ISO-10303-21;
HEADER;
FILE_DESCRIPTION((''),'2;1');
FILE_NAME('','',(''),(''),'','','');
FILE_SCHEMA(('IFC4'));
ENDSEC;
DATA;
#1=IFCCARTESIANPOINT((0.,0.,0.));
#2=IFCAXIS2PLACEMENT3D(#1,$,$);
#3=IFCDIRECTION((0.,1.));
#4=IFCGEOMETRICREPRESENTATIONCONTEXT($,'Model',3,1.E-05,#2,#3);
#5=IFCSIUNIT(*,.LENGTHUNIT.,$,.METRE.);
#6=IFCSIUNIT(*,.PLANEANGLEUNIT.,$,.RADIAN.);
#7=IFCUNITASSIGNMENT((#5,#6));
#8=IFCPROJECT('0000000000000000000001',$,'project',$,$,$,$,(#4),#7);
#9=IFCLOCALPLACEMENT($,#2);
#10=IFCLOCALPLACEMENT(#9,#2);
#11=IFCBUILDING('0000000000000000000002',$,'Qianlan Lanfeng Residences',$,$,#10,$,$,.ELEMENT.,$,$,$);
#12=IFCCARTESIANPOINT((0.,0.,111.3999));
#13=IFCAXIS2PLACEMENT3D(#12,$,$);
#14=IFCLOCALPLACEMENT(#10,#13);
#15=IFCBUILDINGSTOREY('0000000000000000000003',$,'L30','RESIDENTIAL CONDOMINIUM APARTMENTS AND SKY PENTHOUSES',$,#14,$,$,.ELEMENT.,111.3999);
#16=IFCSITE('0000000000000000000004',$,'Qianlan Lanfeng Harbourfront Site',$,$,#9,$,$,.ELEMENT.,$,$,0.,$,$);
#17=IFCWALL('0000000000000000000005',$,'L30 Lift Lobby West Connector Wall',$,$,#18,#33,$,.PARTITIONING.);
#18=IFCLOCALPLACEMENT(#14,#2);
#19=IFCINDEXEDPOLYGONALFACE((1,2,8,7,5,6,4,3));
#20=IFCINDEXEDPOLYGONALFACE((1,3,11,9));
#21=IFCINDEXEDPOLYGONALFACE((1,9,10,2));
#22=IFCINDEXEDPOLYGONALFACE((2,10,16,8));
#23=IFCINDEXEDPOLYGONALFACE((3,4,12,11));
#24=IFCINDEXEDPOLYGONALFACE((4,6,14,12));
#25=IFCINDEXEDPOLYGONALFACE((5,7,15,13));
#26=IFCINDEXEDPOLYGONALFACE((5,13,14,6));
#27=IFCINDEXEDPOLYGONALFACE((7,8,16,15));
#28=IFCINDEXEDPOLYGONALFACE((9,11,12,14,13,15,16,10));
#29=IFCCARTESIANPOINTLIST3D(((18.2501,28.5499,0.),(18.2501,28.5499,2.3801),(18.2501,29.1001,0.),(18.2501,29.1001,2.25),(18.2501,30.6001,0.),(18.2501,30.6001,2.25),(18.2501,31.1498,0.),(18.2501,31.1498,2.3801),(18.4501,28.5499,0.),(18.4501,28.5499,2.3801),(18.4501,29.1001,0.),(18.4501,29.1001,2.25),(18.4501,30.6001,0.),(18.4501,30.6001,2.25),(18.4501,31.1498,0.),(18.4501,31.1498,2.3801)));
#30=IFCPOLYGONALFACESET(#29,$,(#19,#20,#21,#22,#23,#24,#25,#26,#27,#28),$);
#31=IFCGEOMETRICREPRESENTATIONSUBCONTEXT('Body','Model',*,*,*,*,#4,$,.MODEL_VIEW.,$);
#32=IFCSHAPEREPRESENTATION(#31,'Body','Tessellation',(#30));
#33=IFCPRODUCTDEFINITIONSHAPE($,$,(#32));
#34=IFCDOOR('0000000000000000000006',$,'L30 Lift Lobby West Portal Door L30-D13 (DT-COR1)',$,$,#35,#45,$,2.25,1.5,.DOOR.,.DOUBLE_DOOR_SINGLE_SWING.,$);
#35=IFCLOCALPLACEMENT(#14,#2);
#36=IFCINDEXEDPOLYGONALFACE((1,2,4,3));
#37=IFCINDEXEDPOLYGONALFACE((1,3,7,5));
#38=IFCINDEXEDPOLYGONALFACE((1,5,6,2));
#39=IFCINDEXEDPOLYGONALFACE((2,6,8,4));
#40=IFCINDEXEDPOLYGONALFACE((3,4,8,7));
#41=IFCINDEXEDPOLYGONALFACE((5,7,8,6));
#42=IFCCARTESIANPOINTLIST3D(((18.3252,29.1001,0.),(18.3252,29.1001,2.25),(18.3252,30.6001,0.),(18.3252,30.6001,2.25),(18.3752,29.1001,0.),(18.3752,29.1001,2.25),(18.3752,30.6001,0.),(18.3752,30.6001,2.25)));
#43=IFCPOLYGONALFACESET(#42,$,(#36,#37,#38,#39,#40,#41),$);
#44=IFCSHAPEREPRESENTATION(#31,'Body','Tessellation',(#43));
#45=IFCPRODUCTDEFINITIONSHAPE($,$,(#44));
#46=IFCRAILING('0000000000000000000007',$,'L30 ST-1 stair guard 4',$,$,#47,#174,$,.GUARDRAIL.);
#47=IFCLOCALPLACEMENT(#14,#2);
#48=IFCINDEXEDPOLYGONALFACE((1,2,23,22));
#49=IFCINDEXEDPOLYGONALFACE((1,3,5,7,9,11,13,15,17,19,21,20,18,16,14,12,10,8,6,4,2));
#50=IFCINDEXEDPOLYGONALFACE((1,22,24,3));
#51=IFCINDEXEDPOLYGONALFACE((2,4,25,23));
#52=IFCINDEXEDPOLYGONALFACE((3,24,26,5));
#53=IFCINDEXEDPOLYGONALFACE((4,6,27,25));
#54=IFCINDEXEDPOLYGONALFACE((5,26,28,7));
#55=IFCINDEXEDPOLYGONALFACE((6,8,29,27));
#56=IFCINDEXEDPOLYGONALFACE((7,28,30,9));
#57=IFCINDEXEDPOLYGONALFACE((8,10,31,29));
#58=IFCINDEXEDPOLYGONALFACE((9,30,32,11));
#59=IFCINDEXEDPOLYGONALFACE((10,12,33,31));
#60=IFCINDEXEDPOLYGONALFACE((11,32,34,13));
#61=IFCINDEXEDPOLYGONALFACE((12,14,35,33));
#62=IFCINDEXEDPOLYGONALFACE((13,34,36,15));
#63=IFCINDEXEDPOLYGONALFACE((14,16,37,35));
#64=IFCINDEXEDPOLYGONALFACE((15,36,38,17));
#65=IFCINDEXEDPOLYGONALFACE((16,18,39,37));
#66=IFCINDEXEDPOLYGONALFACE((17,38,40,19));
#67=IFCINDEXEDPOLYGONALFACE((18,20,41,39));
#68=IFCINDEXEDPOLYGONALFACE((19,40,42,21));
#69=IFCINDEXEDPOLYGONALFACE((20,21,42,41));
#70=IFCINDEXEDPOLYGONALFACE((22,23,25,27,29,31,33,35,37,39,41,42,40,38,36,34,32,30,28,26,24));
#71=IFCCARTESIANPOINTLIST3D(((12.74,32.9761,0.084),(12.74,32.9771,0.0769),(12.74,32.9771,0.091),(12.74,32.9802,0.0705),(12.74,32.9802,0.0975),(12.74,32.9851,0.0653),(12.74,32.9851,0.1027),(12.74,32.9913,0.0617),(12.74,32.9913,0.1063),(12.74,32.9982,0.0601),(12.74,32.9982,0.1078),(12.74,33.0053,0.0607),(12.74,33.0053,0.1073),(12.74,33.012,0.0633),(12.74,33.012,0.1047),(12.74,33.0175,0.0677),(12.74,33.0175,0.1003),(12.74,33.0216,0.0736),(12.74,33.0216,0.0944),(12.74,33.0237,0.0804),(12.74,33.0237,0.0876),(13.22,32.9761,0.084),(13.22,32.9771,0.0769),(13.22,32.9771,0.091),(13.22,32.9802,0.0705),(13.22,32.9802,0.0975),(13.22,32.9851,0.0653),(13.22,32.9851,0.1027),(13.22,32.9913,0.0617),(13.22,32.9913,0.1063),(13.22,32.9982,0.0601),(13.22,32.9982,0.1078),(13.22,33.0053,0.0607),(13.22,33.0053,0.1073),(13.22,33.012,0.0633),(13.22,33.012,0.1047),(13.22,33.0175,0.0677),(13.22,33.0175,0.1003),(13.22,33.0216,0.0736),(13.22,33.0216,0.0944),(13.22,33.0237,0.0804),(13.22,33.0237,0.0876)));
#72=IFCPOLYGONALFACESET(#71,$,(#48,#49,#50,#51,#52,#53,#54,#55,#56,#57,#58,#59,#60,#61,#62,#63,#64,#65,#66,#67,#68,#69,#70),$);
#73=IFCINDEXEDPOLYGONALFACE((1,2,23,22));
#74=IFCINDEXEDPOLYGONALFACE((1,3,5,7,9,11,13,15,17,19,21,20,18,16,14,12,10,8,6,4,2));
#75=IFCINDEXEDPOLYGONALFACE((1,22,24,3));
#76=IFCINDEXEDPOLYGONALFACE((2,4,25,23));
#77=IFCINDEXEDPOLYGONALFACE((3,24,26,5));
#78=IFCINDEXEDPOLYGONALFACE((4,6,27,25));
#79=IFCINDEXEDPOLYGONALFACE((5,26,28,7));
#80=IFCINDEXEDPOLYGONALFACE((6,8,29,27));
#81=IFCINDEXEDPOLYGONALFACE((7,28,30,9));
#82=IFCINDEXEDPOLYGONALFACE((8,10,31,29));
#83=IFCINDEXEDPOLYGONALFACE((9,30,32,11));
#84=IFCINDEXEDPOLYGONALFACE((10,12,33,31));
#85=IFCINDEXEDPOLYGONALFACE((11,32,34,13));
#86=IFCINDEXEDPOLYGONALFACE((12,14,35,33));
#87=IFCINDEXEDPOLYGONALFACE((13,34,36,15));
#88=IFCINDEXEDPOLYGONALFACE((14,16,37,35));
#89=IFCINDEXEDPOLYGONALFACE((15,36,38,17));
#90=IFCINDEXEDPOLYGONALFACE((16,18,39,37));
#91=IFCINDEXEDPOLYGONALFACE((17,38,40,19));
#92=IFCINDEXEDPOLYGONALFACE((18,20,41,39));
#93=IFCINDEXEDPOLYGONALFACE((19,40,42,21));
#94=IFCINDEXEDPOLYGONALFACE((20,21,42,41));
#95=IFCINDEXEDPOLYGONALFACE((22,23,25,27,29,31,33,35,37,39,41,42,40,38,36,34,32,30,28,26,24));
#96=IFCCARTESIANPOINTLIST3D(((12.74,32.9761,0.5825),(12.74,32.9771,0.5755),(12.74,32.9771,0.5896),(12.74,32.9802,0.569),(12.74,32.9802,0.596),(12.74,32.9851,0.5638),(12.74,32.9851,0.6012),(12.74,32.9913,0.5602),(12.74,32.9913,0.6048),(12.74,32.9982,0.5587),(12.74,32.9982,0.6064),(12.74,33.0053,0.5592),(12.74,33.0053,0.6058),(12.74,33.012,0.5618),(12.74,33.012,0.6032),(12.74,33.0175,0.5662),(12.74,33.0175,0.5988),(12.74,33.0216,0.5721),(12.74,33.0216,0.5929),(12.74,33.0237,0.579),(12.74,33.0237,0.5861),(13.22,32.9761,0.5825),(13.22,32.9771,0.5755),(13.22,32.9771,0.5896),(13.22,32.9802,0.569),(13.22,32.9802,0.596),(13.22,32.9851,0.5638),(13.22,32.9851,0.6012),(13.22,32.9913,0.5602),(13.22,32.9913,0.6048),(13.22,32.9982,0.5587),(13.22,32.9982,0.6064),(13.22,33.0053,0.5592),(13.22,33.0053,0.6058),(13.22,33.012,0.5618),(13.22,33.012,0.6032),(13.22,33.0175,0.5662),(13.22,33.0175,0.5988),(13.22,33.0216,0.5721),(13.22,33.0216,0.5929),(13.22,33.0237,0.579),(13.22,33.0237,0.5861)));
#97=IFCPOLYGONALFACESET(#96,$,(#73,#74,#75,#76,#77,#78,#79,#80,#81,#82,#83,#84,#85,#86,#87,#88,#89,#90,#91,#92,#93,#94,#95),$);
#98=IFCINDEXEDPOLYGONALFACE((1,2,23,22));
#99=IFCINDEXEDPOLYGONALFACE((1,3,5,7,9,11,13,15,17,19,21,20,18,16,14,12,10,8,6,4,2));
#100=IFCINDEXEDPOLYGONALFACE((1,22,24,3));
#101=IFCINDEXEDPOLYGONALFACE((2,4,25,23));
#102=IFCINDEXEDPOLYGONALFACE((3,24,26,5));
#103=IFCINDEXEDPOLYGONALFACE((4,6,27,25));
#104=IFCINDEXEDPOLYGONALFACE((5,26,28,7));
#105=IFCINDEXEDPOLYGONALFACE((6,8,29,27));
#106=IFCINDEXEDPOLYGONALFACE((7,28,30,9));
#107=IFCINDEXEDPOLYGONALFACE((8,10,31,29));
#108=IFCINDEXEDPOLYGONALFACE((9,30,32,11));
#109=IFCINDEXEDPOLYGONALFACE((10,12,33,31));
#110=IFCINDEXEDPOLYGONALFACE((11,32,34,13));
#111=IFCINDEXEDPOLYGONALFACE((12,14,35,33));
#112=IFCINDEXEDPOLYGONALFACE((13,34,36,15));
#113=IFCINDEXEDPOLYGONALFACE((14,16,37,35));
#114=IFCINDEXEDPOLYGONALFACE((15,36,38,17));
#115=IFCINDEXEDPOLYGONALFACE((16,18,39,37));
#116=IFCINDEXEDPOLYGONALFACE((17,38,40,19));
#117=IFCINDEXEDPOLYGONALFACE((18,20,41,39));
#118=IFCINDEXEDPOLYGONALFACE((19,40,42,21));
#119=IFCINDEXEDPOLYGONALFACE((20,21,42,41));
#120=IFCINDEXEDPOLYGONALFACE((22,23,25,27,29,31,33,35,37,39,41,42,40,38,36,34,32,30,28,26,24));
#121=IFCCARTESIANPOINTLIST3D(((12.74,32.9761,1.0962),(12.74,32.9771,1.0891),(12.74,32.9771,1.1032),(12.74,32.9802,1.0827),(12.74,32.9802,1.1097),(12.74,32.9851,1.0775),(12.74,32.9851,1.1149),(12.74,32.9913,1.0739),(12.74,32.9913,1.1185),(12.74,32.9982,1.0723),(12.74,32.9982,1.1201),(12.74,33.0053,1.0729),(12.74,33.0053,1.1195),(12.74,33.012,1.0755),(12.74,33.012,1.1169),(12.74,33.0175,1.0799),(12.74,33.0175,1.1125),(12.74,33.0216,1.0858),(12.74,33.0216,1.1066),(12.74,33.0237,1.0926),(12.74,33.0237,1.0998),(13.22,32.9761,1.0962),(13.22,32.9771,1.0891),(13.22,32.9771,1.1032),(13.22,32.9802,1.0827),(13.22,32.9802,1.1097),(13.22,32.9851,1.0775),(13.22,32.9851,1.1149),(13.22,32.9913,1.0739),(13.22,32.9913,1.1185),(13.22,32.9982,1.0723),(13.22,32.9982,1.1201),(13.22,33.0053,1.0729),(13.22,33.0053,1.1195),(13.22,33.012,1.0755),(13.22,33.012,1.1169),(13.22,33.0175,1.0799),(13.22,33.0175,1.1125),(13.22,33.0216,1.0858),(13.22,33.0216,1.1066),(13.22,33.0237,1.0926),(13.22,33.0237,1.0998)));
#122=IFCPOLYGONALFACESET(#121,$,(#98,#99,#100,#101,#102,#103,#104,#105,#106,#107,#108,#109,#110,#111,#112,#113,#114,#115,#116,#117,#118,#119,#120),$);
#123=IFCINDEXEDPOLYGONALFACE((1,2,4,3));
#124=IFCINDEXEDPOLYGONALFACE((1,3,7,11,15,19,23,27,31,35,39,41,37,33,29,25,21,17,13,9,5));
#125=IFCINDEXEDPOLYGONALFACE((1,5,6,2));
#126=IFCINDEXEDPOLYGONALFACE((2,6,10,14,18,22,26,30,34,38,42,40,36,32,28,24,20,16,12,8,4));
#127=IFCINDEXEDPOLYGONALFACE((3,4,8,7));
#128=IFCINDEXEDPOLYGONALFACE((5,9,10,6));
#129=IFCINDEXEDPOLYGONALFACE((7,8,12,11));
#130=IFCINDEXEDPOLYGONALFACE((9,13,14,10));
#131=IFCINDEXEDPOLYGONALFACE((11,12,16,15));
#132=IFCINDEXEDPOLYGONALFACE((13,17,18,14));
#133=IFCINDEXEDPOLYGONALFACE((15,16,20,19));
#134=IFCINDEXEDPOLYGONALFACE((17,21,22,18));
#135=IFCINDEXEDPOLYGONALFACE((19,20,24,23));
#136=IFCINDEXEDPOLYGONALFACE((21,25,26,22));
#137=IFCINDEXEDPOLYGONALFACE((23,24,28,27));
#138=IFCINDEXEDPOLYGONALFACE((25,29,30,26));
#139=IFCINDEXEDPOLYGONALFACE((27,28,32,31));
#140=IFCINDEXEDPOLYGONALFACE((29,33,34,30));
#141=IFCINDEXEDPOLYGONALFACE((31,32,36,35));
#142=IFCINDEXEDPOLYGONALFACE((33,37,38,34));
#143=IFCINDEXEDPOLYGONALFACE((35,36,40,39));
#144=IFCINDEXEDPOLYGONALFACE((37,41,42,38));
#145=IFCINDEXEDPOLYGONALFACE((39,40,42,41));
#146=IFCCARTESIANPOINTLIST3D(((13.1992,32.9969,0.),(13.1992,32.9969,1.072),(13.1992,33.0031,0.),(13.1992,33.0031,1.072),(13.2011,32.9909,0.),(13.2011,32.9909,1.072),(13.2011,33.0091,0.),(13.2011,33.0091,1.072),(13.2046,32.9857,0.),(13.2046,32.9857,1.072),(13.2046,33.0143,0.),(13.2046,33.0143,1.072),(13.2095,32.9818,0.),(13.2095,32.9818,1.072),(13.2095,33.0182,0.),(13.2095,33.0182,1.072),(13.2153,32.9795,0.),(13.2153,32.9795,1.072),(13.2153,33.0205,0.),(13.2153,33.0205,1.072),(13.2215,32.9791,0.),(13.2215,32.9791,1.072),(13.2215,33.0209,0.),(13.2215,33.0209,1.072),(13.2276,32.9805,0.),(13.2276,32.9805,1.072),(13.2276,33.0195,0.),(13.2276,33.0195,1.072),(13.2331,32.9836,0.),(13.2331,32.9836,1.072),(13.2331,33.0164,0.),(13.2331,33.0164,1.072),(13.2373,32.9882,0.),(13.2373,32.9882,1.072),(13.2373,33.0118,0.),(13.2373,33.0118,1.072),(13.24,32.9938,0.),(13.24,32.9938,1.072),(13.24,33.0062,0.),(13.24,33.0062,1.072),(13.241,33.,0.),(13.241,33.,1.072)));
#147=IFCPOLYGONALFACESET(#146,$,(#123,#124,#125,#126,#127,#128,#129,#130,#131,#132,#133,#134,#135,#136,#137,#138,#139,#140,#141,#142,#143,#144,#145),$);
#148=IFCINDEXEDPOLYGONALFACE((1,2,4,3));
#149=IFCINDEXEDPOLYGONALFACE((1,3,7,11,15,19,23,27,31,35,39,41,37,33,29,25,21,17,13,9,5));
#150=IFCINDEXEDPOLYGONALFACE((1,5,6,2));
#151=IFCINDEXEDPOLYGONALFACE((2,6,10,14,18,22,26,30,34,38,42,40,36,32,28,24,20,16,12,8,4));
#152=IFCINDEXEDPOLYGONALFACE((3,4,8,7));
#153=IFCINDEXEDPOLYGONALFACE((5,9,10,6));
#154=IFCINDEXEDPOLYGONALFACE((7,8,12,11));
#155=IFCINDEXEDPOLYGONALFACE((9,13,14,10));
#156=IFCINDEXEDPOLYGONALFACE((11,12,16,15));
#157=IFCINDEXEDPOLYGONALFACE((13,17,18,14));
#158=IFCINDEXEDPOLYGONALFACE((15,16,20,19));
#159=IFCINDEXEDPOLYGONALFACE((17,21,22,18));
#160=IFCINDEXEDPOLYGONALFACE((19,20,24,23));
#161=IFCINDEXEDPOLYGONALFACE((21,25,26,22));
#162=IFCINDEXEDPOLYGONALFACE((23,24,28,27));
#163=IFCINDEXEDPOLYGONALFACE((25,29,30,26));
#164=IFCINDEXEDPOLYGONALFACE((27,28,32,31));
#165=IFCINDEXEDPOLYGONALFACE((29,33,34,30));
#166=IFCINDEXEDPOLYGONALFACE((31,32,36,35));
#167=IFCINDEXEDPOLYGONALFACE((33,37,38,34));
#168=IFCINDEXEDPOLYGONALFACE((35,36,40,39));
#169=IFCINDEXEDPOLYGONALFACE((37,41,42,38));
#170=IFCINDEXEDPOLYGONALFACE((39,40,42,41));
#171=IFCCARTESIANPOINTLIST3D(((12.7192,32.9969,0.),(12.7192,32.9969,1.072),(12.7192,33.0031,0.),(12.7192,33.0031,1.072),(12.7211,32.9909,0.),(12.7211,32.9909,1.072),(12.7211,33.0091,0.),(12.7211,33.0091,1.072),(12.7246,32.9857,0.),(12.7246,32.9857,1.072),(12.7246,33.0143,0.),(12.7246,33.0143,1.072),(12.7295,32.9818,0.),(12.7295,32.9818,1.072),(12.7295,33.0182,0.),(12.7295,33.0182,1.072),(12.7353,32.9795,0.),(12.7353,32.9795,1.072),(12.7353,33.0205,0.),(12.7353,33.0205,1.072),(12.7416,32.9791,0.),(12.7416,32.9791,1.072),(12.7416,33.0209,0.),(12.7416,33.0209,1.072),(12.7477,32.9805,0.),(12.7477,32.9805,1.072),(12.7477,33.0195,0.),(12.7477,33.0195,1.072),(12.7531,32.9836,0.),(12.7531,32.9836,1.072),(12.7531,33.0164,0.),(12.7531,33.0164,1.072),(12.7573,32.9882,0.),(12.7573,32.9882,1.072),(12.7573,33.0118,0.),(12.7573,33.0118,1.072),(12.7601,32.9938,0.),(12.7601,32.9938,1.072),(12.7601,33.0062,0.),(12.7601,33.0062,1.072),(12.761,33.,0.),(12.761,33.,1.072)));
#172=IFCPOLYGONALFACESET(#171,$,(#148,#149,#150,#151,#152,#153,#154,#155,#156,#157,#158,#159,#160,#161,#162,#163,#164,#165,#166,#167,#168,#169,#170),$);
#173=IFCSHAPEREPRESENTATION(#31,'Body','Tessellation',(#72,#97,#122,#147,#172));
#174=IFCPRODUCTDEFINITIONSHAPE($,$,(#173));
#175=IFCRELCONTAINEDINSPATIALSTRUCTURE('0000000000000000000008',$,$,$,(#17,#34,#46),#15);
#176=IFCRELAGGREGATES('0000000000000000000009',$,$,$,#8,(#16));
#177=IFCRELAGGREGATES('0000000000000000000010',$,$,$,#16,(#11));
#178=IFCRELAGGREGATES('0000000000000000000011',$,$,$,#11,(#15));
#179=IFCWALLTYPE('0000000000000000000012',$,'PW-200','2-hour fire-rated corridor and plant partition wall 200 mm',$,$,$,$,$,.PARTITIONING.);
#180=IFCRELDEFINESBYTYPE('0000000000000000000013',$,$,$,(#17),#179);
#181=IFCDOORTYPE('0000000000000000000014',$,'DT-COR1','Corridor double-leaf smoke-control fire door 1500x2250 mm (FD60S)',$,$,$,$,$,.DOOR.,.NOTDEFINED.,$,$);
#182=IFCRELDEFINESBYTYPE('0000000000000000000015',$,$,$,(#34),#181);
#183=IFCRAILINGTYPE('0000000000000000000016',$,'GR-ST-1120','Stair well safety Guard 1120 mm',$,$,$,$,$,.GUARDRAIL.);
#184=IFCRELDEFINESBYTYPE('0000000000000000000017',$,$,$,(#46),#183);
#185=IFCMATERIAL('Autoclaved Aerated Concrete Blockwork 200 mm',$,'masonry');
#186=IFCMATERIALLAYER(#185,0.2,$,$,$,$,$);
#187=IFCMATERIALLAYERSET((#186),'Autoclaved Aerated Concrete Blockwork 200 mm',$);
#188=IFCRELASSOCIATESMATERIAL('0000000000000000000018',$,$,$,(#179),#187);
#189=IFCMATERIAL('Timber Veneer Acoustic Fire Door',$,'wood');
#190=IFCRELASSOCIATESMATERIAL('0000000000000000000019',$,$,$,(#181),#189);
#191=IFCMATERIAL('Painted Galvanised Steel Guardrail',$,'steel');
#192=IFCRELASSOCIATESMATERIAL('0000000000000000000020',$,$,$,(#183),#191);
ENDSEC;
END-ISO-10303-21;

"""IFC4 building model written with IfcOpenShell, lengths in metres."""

from ifc_helpers import new_model, si_unit, direction, frame, frame_2d, origin, origin_2d, place, context, subcontext, project, spatial, rectangle, circle, extrude, material, layer, layer_set, type_object, element, fill, save


model = new_model("IFC4")

# Units and contexts
model_context = context("Model", 3, precision=1e-05, world=origin(), true_north=direction((0.0, 1.0)))
body_context = subcontext(model_context, "Body", "Model", "MODEL_VIEW")
ifc_project = project(units=[si_unit("LENGTHUNIT", "METRE"), si_unit("PLANEANGLEUNIT", "RADIAN")], contexts=[model_context])

# Site, building, storey
site_placement = place(None, origin())
site = spatial("IfcSite", under=ifc_project, at=site_placement, Name="Qianlan Lanfeng Harbourfront Site", CompositionType="ELEMENT", RefElevation=0.0)
building_placement = place(site_placement, origin())
building = spatial("IfcBuilding", under=site, at=building_placement, Name="Qianlan Lanfeng Residences", CompositionType="ELEMENT")
storey_placement = place(building_placement, frame((0.0, 0.0, 111.3999)))
storey = spatial("IfcBuildingStorey", under=building, at=storey_placement, Name="L30", Description="RESIDENTIAL CONDOMINIUM APARTMENTS AND SKY PENTHOUSES", CompositionType="ELEMENT", Elevation=111.3999)

# Wall, opening, door
ifc_material_1 = material(Name="Autoclaved Aerated Concrete Blockwork 200 mm", Category="masonry")
ifc_layer_1 = layer(ifc_material_1, 0.2)
ifc_layer_set_1 = layer_set([ifc_layer_1], Name="Autoclaved Aerated Concrete Blockwork 200 mm")
wall_type_1 = type_object("IfcWallType", Name="PW-200", Description="2-hour fire-rated corridor and plant partition wall 200 mm", PredefinedType="PARTITIONING", material=ifc_layer_set_1)
wall_1_placement = place(storey_placement, frame((18.3501, 28.55, 0.0), z_axis=(0.0, 0.0, 1.0), x_axis=(0.0, 1.0, 0.0)))
wall_1 = element("IfcWall", 1, at=wall_1_placement, inside=storey, type_object=wall_type_1, Name="L30 Lift Lobby West Connector Wall", PredefinedType="PARTITIONING", context=body_context, shape_type="SweptSolid", body=[
    extrude(rectangle(XDim=2.5999, YDim=0.2, at=frame_2d((1.2998, 0.0))), origin(), (0.0, 0.0, 1.0), 2.3801),
])
opening_1_placement = place(wall_1_placement, frame((0.55, 0.0, 0.0)))
opening_1 = element("IfcOpeningElement", 2, at=opening_1_placement, cuts=wall_1, PredefinedType="OPENING", context=body_context, shape_type="SweptSolid", body=[
    extrude(rectangle(XDim=1.5, YDim=2.25, at=frame_2d((0.75, 1.125))), frame((0.0, 0.1099, 0.0), z_axis=(0.0, -1.0, 0.0), x_axis=(1.0, 0.0, 0.0)), (0.0, 0.0, 1.0), 0.22),
])
ifc_material_2 = material(Name="Timber Veneer Acoustic Fire Door", Category="wood")
door_type_1 = type_object("IfcDoorType", Name="DT-COR1", Description="Corridor double-leaf smoke-control fire door 1500x2250 mm (FD60S)", OperationType="NOTDEFINED", PredefinedType="DOOR", material=ifc_material_2)
door_1_placement = place(opening_1_placement, origin())
door_1 = element("IfcDoor", 3, at=door_1_placement, inside=storey, type_object=door_type_1, Name="L30 Lift Lobby West Portal Door L30-D13 (DT-COR1)", OperationType="DOUBLE_DOOR_SINGLE_SWING", OverallHeight=2.25, OverallWidth=1.5, PredefinedType="DOOR", context=body_context, shape_type="SweptSolid", body=[
    extrude(rectangle(XDim=1.5, YDim=2.25, at=frame_2d((0.75, 1.125))), frame((0.0, 0.0249, 0.0), z_axis=(0.0, -1.0, 0.0), x_axis=(1.0, 0.0, 0.0)), (0.0, 0.0, 1.0), 0.05),
])
fill(opening_1, door_1)

# Railing
ifc_material_3 = material(Name="Painted Galvanised Steel Guardrail", Category="steel")
railing_type = type_object("IfcRailingType", Name="GR-ST-1120", Description="Stair well safety Guard 1120 mm", PredefinedType="GUARDRAIL", material=ifc_material_3)
railing_placement = place(storey_placement, frame((13.22, 33.0, 0.0)))
element("IfcRailing", 4, at=railing_placement, inside=storey, type_object=railing_type, Name="L30 ST-1 stair guard 4", PredefinedType="GUARDRAIL", context=body_context, shape_type="SweptSolid", body=[
    extrude(circle(Radius=0.0239, at=origin_2d()), frame((0.0, 0.0, 0.084), z_axis=(-1.0, 0.0, 0.0), x_axis=(0.0, -1.0, 0.0)), (0.0, 0.0, 1.0), 0.48),
    extrude(circle(Radius=0.0239, at=origin_2d()), frame((0.0, 0.0, 0.5825), z_axis=(-1.0, 0.0, 0.0), x_axis=(0.0, -1.0, 0.0)), (0.0, 0.0, 1.0), 0.48),
    extrude(circle(Radius=0.0239, at=origin_2d()), frame((0.0, 0.0, 1.0962), z_axis=(-1.0, 0.0, 0.0), x_axis=(0.0, -1.0, 0.0)), (0.0, 0.0, 1.0), 0.48),
    extrude(circle(Radius=0.021, at=origin_2d()), origin(), (0.0, 0.0, 1.0), 1.072),
    extrude(circle(Radius=0.021, at=origin_2d()), frame((-0.48, 0.0, 0.0)), (0.0, 0.0, 1.0), 1.072),
])

save(model, "model.ifc")
